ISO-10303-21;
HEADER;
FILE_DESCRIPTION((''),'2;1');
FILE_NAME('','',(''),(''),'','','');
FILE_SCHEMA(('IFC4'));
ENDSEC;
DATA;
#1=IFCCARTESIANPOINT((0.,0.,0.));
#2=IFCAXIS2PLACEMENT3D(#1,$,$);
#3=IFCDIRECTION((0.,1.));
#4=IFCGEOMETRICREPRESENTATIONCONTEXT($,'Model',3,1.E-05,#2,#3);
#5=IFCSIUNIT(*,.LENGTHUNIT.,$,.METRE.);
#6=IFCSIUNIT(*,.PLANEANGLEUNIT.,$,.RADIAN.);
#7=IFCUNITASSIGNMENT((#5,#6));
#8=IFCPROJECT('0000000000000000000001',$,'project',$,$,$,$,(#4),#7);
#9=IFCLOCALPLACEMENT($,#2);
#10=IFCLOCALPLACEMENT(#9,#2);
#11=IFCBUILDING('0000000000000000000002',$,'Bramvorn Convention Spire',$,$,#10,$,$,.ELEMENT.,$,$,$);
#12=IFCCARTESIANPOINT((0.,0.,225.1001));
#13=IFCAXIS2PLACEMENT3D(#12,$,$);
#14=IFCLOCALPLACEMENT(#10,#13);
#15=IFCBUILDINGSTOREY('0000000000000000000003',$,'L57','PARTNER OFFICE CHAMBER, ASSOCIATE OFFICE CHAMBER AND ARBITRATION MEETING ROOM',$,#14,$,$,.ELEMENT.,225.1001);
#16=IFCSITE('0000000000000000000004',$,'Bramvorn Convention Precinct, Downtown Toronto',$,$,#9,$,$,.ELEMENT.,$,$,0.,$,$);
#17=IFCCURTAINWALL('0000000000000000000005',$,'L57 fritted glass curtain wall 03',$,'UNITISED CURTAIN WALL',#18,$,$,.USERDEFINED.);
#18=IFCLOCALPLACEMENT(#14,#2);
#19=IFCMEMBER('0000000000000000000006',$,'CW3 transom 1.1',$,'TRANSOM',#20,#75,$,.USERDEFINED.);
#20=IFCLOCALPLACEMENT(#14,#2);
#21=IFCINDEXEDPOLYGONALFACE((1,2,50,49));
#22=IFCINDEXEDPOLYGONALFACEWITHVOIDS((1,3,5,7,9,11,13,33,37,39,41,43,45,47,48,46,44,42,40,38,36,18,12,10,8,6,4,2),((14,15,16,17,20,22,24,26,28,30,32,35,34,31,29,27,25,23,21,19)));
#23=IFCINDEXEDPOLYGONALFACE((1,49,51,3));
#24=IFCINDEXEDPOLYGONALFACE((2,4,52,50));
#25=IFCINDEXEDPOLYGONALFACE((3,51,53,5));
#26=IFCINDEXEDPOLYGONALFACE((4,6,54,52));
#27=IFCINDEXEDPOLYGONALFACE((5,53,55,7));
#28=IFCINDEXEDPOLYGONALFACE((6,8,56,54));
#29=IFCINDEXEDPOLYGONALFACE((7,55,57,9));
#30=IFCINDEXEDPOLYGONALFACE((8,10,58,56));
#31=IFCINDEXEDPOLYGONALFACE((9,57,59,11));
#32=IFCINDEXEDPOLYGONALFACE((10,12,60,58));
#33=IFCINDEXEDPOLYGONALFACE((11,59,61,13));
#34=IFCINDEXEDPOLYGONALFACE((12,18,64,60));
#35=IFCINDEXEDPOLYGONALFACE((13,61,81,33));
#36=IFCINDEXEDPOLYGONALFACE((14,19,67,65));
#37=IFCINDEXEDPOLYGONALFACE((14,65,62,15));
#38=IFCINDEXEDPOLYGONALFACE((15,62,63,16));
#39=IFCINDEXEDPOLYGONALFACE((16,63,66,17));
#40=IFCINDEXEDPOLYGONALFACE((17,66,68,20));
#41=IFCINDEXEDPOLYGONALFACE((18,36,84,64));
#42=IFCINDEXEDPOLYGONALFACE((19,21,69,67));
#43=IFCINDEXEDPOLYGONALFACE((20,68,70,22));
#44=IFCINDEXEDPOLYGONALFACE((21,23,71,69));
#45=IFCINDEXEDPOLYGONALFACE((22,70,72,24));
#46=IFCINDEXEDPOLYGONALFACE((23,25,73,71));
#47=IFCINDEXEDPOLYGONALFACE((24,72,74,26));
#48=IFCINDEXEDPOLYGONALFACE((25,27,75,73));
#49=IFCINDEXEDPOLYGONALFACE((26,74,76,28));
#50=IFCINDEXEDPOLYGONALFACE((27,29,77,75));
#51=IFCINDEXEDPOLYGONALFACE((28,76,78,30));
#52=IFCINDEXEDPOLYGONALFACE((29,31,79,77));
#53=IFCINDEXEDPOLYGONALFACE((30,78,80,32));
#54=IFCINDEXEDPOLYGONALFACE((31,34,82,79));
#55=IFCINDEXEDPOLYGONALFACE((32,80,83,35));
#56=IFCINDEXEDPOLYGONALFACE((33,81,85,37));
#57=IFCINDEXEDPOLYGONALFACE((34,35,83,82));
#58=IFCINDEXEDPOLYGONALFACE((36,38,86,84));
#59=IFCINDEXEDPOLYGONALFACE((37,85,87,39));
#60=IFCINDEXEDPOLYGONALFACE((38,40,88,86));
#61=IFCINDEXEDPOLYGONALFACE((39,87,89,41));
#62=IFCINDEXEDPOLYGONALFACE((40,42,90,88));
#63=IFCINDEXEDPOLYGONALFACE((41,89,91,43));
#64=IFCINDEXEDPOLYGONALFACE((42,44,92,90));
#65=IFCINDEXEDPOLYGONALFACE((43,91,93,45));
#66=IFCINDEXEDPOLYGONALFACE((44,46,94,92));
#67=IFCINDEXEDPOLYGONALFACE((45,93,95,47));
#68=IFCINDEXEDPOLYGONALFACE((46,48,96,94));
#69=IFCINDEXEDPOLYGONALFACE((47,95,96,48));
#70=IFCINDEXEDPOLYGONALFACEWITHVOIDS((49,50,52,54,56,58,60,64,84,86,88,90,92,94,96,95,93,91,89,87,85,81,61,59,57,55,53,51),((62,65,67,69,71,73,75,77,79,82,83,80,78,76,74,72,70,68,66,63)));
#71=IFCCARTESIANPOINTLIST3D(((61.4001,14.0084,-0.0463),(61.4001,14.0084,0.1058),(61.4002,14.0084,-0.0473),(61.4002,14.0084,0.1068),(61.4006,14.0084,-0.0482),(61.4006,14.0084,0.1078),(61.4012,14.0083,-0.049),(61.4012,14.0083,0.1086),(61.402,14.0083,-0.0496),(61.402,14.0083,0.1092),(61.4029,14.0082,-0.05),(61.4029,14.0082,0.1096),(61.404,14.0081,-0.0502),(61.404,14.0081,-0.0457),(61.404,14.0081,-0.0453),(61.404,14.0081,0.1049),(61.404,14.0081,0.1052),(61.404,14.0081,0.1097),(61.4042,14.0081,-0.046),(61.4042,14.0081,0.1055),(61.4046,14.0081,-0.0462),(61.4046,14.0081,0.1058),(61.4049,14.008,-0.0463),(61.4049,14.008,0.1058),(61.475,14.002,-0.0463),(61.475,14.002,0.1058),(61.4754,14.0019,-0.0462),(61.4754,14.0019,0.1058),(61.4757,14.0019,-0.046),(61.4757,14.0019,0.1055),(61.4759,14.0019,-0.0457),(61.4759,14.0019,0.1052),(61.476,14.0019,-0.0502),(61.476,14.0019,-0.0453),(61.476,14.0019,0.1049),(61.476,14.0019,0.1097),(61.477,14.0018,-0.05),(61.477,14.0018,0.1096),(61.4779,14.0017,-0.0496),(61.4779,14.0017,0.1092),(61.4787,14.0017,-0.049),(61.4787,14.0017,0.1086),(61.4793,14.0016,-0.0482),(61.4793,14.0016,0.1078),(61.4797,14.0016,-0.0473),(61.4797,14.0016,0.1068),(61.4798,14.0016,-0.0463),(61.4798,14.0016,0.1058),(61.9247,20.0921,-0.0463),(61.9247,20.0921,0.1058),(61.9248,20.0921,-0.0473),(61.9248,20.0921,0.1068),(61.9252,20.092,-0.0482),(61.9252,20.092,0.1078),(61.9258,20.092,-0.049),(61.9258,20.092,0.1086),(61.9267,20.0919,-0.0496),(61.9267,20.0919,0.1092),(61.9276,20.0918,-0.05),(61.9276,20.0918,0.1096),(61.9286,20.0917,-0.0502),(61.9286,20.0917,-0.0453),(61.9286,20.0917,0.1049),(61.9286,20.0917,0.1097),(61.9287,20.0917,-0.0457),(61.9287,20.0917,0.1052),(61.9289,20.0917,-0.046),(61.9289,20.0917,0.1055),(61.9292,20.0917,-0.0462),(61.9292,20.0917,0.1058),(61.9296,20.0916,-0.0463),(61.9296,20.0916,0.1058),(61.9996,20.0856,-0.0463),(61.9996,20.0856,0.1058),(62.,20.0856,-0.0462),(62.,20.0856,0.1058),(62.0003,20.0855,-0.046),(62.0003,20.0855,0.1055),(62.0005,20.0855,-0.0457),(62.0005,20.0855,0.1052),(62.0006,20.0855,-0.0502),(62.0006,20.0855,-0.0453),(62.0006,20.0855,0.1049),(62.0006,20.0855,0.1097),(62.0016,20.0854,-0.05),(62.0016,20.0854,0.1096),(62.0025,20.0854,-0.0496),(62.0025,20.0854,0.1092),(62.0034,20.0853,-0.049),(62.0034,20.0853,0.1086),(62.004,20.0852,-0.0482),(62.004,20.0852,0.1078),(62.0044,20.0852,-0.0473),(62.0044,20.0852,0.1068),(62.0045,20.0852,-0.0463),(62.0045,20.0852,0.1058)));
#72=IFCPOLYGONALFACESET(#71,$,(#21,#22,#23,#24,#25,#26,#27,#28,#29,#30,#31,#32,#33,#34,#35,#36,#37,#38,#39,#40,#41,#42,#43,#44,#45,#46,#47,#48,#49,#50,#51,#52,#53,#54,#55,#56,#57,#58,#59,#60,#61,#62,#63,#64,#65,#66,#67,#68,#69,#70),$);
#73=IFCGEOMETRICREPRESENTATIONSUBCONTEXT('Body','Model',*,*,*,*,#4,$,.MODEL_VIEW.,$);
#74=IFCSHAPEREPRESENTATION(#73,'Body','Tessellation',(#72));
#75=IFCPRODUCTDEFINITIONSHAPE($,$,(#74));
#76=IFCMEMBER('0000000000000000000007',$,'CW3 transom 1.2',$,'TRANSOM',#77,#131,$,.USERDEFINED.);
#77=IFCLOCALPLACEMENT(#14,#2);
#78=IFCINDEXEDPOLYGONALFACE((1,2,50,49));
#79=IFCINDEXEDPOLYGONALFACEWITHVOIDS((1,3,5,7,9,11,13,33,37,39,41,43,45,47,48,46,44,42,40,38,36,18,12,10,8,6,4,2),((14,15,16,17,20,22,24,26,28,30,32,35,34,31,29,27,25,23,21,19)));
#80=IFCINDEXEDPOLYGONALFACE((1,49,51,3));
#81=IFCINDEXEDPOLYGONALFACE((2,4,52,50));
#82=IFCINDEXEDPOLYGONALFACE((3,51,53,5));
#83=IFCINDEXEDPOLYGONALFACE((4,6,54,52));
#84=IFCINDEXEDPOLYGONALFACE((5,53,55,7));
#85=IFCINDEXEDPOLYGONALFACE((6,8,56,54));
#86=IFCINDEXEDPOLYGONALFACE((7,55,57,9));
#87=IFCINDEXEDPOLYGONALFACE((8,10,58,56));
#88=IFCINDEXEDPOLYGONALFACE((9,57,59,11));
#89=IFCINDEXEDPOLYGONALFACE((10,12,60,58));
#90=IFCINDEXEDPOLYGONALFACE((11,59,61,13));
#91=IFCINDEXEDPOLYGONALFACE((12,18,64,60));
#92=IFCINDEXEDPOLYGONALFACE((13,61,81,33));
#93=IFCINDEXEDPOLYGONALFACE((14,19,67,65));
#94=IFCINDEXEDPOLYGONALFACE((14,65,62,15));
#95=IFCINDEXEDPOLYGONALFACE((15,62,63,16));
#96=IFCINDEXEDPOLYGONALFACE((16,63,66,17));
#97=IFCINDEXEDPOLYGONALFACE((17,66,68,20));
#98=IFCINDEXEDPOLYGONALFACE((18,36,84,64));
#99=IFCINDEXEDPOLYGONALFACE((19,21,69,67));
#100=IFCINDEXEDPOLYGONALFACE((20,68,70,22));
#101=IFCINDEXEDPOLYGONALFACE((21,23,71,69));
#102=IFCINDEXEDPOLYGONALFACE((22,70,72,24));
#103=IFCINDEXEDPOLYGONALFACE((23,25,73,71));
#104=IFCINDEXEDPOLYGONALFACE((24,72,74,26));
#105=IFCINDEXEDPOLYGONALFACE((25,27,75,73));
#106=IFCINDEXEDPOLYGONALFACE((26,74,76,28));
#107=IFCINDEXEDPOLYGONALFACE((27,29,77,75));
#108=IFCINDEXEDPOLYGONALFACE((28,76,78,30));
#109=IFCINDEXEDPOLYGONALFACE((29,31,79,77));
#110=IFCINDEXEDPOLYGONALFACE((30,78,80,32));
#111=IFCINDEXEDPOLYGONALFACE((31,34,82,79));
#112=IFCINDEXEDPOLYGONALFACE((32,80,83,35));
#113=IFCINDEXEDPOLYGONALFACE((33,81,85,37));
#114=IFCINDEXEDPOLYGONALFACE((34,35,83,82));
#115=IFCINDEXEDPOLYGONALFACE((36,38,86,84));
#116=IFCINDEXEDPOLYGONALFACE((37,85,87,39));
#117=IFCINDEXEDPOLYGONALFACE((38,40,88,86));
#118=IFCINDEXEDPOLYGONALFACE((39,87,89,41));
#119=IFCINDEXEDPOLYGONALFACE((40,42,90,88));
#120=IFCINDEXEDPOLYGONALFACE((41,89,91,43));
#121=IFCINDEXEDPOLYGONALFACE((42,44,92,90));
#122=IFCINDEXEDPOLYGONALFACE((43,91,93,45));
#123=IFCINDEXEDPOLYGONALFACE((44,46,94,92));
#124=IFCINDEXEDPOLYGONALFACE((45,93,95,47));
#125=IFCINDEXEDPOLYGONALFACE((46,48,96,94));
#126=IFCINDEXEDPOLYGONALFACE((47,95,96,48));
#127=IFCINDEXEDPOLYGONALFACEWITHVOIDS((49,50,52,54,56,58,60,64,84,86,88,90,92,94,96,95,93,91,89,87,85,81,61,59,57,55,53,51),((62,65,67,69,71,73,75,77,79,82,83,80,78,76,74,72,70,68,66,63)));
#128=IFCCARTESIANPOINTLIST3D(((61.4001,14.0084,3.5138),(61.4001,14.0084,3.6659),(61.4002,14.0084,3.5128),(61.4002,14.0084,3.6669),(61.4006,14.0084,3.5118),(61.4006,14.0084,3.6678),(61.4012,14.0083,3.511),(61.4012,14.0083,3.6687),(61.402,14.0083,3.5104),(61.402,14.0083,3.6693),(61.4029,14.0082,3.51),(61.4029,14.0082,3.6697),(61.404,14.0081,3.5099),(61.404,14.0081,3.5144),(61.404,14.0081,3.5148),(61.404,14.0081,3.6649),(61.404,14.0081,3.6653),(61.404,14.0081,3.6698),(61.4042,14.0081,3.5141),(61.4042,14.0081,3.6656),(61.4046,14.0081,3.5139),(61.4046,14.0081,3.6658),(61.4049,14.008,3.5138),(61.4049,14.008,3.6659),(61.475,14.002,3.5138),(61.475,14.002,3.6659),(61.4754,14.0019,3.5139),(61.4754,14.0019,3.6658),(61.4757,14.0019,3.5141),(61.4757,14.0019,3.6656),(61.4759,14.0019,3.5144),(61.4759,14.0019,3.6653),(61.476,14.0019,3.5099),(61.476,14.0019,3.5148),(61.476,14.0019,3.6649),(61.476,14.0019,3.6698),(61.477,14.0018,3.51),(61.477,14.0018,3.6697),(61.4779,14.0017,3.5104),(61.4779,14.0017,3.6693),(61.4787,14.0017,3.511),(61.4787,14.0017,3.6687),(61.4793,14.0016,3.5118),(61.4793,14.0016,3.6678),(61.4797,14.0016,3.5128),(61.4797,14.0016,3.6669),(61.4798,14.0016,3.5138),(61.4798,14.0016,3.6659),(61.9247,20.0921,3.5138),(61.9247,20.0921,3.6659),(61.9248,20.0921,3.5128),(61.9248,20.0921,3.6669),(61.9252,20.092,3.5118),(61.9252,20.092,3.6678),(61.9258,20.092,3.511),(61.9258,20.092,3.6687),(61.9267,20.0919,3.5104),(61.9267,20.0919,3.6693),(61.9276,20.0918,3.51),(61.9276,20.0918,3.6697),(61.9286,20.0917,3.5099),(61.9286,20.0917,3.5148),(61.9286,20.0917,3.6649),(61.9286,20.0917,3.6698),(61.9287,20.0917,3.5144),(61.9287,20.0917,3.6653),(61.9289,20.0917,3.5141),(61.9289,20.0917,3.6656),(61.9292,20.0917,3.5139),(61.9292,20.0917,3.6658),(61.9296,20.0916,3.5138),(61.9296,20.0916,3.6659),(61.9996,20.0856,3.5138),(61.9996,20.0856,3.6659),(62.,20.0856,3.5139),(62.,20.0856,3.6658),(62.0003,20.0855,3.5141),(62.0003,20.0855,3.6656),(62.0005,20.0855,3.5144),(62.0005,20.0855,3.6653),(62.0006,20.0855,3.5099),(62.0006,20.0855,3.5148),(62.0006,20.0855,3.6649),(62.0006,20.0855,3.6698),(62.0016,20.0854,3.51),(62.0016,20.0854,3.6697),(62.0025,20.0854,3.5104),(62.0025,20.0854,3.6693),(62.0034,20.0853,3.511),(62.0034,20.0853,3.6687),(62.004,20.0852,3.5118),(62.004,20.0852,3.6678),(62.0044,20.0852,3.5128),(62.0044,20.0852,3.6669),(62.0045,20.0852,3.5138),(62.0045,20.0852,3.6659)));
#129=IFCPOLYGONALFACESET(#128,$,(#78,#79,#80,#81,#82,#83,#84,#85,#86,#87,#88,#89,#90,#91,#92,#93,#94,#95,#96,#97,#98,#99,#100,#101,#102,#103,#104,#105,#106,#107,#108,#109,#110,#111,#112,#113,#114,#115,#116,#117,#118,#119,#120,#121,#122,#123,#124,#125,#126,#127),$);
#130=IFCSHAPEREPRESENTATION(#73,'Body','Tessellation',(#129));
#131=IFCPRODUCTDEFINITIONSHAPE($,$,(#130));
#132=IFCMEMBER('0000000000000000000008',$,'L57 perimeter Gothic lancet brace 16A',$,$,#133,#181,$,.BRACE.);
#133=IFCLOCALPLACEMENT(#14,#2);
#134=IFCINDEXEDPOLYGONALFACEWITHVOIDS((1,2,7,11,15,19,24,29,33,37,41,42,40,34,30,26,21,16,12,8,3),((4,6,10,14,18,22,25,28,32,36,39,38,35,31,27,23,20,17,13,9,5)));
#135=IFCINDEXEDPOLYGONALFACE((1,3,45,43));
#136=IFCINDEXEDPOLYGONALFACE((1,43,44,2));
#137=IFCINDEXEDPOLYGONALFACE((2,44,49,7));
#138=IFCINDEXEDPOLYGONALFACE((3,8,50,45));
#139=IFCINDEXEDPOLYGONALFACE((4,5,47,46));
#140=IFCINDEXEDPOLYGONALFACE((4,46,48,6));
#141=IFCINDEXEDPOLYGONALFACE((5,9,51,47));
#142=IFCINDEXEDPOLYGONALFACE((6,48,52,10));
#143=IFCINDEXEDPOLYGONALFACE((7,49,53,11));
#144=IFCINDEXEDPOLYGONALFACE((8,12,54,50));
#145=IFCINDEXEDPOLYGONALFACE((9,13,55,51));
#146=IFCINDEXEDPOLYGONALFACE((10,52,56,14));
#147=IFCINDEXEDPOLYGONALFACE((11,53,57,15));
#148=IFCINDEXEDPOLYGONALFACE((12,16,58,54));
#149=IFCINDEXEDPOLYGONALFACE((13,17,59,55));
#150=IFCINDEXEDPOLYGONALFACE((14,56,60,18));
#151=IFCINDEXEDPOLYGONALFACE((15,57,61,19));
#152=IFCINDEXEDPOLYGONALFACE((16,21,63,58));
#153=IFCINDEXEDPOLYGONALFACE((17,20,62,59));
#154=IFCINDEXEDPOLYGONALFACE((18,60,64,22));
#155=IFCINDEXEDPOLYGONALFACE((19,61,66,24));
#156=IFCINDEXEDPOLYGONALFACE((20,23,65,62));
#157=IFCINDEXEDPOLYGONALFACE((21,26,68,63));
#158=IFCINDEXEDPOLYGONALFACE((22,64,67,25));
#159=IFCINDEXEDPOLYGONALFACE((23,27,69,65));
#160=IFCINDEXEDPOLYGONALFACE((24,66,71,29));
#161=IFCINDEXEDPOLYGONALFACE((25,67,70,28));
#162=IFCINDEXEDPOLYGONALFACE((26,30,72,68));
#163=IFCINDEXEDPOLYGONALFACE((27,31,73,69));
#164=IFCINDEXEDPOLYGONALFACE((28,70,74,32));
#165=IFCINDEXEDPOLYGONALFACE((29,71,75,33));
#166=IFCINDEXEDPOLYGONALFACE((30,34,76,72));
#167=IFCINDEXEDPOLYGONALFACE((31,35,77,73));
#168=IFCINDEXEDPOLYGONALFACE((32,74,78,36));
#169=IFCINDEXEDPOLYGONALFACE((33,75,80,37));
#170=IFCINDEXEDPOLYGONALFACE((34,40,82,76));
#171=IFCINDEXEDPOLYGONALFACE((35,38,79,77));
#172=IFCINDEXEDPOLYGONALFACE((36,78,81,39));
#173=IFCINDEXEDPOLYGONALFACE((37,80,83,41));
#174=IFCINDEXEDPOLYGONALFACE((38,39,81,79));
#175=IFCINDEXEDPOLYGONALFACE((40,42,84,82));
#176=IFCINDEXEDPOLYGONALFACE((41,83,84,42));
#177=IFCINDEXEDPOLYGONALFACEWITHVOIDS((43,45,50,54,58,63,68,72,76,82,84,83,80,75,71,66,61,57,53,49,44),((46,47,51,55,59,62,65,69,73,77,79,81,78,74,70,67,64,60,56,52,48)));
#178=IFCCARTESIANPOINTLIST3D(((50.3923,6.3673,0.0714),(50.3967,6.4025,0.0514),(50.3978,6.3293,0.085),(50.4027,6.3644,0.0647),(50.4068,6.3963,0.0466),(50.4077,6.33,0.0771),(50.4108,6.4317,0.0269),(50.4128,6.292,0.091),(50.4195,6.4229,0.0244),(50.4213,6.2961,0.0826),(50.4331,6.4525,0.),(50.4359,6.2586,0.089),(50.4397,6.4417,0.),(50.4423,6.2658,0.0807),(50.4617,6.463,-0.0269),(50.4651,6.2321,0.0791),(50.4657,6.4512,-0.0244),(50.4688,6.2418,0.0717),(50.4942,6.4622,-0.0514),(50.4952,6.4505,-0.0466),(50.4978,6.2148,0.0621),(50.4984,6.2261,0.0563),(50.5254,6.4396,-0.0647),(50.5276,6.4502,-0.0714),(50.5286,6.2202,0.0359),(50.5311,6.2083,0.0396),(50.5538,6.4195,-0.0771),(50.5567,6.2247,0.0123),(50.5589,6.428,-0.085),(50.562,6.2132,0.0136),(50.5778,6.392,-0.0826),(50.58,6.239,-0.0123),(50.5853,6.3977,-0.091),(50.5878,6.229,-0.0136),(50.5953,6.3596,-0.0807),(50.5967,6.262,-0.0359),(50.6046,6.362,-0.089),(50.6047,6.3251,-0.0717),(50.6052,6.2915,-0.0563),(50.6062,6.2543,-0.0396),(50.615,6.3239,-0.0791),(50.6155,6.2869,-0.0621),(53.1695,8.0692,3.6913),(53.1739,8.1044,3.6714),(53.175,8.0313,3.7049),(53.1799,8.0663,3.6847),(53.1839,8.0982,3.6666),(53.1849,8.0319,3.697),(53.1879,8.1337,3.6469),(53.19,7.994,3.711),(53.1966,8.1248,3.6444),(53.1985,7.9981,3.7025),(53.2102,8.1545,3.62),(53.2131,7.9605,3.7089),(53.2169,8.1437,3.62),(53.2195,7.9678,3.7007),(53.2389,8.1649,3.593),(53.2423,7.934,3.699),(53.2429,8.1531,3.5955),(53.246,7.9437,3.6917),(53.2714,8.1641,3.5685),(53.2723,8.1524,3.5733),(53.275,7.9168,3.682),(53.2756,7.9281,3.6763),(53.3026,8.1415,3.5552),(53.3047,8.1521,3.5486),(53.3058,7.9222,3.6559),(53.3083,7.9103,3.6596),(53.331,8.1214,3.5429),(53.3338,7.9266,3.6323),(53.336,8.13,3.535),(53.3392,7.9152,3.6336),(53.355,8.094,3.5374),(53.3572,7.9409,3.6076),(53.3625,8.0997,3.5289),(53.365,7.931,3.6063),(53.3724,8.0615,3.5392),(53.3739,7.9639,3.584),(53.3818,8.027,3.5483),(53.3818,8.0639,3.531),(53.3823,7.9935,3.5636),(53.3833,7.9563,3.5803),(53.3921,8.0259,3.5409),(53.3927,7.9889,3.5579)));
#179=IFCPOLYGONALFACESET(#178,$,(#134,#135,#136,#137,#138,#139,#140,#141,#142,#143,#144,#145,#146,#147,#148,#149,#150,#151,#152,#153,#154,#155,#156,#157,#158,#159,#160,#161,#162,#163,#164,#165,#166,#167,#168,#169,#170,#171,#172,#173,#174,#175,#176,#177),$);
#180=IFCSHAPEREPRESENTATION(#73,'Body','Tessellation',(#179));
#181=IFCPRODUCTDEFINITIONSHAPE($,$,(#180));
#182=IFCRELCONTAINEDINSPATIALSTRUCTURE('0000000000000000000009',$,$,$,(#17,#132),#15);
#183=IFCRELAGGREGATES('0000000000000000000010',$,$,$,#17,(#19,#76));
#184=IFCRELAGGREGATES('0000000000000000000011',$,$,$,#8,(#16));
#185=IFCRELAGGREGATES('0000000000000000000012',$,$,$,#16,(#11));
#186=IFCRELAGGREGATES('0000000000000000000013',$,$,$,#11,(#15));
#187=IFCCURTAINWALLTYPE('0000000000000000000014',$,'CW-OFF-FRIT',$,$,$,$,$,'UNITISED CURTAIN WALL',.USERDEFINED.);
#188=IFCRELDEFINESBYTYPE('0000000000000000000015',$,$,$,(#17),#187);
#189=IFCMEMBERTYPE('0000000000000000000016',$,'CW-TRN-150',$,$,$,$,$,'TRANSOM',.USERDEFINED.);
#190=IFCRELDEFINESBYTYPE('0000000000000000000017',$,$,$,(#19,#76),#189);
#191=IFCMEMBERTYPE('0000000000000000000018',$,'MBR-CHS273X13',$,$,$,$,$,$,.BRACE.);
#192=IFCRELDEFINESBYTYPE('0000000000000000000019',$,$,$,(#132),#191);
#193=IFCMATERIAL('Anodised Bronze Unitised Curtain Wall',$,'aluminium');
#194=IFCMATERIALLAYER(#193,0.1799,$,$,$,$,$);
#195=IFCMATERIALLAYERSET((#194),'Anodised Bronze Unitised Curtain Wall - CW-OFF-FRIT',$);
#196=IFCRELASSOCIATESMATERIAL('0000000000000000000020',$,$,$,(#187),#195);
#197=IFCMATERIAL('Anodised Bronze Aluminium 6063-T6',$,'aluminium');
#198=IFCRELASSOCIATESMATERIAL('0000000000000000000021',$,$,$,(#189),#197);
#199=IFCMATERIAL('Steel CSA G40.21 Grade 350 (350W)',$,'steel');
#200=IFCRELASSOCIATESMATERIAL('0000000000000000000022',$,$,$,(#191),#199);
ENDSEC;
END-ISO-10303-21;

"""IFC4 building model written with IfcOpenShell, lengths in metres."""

from ifc_helpers import new_model, si_unit, direction, frame, origin, origin_2d, place, context, subcontext, project, spatial, hollow_rectangle, hollow_circle, extrude, material, layer, layer_set, material_profile, profile_set, type_object, element, aggregate, save


model = new_model("IFC4")

# Units and contexts
model_context = context("Model", 3, precision=1e-05, world=origin(), true_north=direction((0.0, 1.0)))
body_context = subcontext(model_context, "Body", "Model", "MODEL_VIEW")
ifc_project = project(units=[si_unit("LENGTHUNIT", "METRE"), si_unit("PLANEANGLEUNIT", "RADIAN")], contexts=[model_context])

# Site, building, storey
site_placement = place(None, origin())
site = spatial("IfcSite", under=ifc_project, at=site_placement, Name="Bramvorn Convention Precinct, Downtown Toronto", CompositionType="ELEMENT", RefElevation=0.0)
building_placement = place(site_placement, origin())
building = spatial("IfcBuilding", under=site, at=building_placement, Name="Bramvorn Convention Spire", CompositionType="ELEMENT")
storey_placement = place(building_placement, frame((0.0, 0.0, 225.1001)))
storey = spatial("IfcBuildingStorey", under=building, at=storey_placement, Name="L57", Description="PARTNER OFFICE CHAMBER, ASSOCIATE OFFICE CHAMBER AND ARBITRATION MEETING ROOM", CompositionType="ELEMENT", Elevation=225.1001)

# Shared definitions
ifc_material_1 = material(Name="Steel CSA G40.21 Grade 350 (350W)", Category="steel")

# Curtain wall
ifc_material_2 = material(Name="Anodised Bronze Unitised Curtain Wall", Category="aluminium")
ifc_layer_1 = layer(ifc_material_2, 0.1799)
ifc_layer_set_1 = layer_set([ifc_layer_1], Name="Anodised Bronze Unitised Curtain Wall - CW-OFF-FRIT")
curtain_wall_type = type_object("IfcCurtainWallType", Name="CW-OFF-FRIT", ElementType="UNITISED CURTAIN WALL", PredefinedType="USERDEFINED", material=ifc_layer_set_1)
ifc_material_3 = material(Name="Anodised Bronze Aluminium 6063-T6", Category="aluminium")
curtain_wall_1_placement = place(storey_placement, origin())
curtain_wall_1 = element("IfcCurtainWall", 1, at=curtain_wall_1_placement, inside=storey, type_object=curtain_wall_type, Name="L57 fritted glass curtain wall 03", ObjectType="UNITISED CURTAIN WALL", PredefinedType="USERDEFINED")

# Members
ifc_material_profile_1 = material_profile(ifc_material_3, hollow_rectangle(XDim=0.0801, YDim=0.1599, WallThickness=0.0039, InnerFilletRadius=0.001, OuterFilletRadius=0.0039, at=origin_2d()))
ifc_profile_set_1 = profile_set([ifc_material_profile_1], Name="Anodised Bronze Aluminium 6063-T6 - CWT80X160")
member_type_1 = type_object("IfcMemberType", Name="CW-TRN-150", ElementType="TRANSOM", PredefinedType="USERDEFINED", material=ifc_profile_set_1)
member_1_placement = place(storey_placement, frame((61.9646, 20.0886, 0.0298), z_axis=(-0.085921, -0.996302, 0.0), x_axis=(0.996302, -0.085921, 0.0)))
member_1 = element("IfcMember", 2, at=member_1_placement, type_object=member_type_1, Name="CW3 transom 1.1", ObjectType="TRANSOM", PredefinedType="USERDEFINED", context=body_context, shape_type="SweptSolid", body=[
    extrude(hollow_rectangle(XDim=0.0801, YDim=0.1599, WallThickness=0.0039, InnerFilletRadius=0.001, OuterFilletRadius=0.0039, at=origin_2d()), origin(), (0.0, 0.0, 1.0), 6.1062),
])
member_2_placement = place(storey_placement, frame((61.9646, 20.0886, 3.5898), z_axis=(-0.085921, -0.996302, 0.0), x_axis=(0.996302, -0.085921, 0.0)))
member_2 = element("IfcMember", 3, at=member_2_placement, type_object=member_type_1, Name="CW3 transom 1.2", ObjectType="TRANSOM", PredefinedType="USERDEFINED", context=body_context, shape_type="SweptSolid", body=[
    extrude(hollow_rectangle(XDim=0.0801, YDim=0.1599, WallThickness=0.0039, InnerFilletRadius=0.001, OuterFilletRadius=0.0039, at=origin_2d()), origin(), (0.0, 0.0, 1.0), 6.1062),
])

# Member
ifc_material_profile_2 = material_profile(ifc_material_1, hollow_circle(Radius=0.1365, WallThickness=0.0127, at=origin_2d()))
ifc_profile_set_2 = profile_set([ifc_material_profile_2], Name="Steel CSA G40.21 Grade 350 (350W) - CHS273X13")
member_type_2 = type_object("IfcMemberType", Name="MBR-CHS273X13", PredefinedType="BRACE", material=ifc_profile_set_2)
member_3_placement = place(storey_placement, frame((50.5044, 6.3362, 0.0), z_axis=(0.570302, 0.349501, 0.743373), x_axis=(-0.52252, 0.852627, 0.0)))
element("IfcMember", 4, at=member_3_placement, inside=storey, type_object=member_type_2, Name="L57 perimeter Gothic lancet brace 16A", PredefinedType="BRACE", context=body_context, shape_type="SweptSolid", body=[
    extrude(hollow_circle(Radius=0.1365, WallThickness=0.0127, at=origin_2d()), origin(), (0.0, 0.0, 1.0), 4.8696),
])

aggregate(curtain_wall_1, [member_1, member_2])

save(model, "model.ifc")
